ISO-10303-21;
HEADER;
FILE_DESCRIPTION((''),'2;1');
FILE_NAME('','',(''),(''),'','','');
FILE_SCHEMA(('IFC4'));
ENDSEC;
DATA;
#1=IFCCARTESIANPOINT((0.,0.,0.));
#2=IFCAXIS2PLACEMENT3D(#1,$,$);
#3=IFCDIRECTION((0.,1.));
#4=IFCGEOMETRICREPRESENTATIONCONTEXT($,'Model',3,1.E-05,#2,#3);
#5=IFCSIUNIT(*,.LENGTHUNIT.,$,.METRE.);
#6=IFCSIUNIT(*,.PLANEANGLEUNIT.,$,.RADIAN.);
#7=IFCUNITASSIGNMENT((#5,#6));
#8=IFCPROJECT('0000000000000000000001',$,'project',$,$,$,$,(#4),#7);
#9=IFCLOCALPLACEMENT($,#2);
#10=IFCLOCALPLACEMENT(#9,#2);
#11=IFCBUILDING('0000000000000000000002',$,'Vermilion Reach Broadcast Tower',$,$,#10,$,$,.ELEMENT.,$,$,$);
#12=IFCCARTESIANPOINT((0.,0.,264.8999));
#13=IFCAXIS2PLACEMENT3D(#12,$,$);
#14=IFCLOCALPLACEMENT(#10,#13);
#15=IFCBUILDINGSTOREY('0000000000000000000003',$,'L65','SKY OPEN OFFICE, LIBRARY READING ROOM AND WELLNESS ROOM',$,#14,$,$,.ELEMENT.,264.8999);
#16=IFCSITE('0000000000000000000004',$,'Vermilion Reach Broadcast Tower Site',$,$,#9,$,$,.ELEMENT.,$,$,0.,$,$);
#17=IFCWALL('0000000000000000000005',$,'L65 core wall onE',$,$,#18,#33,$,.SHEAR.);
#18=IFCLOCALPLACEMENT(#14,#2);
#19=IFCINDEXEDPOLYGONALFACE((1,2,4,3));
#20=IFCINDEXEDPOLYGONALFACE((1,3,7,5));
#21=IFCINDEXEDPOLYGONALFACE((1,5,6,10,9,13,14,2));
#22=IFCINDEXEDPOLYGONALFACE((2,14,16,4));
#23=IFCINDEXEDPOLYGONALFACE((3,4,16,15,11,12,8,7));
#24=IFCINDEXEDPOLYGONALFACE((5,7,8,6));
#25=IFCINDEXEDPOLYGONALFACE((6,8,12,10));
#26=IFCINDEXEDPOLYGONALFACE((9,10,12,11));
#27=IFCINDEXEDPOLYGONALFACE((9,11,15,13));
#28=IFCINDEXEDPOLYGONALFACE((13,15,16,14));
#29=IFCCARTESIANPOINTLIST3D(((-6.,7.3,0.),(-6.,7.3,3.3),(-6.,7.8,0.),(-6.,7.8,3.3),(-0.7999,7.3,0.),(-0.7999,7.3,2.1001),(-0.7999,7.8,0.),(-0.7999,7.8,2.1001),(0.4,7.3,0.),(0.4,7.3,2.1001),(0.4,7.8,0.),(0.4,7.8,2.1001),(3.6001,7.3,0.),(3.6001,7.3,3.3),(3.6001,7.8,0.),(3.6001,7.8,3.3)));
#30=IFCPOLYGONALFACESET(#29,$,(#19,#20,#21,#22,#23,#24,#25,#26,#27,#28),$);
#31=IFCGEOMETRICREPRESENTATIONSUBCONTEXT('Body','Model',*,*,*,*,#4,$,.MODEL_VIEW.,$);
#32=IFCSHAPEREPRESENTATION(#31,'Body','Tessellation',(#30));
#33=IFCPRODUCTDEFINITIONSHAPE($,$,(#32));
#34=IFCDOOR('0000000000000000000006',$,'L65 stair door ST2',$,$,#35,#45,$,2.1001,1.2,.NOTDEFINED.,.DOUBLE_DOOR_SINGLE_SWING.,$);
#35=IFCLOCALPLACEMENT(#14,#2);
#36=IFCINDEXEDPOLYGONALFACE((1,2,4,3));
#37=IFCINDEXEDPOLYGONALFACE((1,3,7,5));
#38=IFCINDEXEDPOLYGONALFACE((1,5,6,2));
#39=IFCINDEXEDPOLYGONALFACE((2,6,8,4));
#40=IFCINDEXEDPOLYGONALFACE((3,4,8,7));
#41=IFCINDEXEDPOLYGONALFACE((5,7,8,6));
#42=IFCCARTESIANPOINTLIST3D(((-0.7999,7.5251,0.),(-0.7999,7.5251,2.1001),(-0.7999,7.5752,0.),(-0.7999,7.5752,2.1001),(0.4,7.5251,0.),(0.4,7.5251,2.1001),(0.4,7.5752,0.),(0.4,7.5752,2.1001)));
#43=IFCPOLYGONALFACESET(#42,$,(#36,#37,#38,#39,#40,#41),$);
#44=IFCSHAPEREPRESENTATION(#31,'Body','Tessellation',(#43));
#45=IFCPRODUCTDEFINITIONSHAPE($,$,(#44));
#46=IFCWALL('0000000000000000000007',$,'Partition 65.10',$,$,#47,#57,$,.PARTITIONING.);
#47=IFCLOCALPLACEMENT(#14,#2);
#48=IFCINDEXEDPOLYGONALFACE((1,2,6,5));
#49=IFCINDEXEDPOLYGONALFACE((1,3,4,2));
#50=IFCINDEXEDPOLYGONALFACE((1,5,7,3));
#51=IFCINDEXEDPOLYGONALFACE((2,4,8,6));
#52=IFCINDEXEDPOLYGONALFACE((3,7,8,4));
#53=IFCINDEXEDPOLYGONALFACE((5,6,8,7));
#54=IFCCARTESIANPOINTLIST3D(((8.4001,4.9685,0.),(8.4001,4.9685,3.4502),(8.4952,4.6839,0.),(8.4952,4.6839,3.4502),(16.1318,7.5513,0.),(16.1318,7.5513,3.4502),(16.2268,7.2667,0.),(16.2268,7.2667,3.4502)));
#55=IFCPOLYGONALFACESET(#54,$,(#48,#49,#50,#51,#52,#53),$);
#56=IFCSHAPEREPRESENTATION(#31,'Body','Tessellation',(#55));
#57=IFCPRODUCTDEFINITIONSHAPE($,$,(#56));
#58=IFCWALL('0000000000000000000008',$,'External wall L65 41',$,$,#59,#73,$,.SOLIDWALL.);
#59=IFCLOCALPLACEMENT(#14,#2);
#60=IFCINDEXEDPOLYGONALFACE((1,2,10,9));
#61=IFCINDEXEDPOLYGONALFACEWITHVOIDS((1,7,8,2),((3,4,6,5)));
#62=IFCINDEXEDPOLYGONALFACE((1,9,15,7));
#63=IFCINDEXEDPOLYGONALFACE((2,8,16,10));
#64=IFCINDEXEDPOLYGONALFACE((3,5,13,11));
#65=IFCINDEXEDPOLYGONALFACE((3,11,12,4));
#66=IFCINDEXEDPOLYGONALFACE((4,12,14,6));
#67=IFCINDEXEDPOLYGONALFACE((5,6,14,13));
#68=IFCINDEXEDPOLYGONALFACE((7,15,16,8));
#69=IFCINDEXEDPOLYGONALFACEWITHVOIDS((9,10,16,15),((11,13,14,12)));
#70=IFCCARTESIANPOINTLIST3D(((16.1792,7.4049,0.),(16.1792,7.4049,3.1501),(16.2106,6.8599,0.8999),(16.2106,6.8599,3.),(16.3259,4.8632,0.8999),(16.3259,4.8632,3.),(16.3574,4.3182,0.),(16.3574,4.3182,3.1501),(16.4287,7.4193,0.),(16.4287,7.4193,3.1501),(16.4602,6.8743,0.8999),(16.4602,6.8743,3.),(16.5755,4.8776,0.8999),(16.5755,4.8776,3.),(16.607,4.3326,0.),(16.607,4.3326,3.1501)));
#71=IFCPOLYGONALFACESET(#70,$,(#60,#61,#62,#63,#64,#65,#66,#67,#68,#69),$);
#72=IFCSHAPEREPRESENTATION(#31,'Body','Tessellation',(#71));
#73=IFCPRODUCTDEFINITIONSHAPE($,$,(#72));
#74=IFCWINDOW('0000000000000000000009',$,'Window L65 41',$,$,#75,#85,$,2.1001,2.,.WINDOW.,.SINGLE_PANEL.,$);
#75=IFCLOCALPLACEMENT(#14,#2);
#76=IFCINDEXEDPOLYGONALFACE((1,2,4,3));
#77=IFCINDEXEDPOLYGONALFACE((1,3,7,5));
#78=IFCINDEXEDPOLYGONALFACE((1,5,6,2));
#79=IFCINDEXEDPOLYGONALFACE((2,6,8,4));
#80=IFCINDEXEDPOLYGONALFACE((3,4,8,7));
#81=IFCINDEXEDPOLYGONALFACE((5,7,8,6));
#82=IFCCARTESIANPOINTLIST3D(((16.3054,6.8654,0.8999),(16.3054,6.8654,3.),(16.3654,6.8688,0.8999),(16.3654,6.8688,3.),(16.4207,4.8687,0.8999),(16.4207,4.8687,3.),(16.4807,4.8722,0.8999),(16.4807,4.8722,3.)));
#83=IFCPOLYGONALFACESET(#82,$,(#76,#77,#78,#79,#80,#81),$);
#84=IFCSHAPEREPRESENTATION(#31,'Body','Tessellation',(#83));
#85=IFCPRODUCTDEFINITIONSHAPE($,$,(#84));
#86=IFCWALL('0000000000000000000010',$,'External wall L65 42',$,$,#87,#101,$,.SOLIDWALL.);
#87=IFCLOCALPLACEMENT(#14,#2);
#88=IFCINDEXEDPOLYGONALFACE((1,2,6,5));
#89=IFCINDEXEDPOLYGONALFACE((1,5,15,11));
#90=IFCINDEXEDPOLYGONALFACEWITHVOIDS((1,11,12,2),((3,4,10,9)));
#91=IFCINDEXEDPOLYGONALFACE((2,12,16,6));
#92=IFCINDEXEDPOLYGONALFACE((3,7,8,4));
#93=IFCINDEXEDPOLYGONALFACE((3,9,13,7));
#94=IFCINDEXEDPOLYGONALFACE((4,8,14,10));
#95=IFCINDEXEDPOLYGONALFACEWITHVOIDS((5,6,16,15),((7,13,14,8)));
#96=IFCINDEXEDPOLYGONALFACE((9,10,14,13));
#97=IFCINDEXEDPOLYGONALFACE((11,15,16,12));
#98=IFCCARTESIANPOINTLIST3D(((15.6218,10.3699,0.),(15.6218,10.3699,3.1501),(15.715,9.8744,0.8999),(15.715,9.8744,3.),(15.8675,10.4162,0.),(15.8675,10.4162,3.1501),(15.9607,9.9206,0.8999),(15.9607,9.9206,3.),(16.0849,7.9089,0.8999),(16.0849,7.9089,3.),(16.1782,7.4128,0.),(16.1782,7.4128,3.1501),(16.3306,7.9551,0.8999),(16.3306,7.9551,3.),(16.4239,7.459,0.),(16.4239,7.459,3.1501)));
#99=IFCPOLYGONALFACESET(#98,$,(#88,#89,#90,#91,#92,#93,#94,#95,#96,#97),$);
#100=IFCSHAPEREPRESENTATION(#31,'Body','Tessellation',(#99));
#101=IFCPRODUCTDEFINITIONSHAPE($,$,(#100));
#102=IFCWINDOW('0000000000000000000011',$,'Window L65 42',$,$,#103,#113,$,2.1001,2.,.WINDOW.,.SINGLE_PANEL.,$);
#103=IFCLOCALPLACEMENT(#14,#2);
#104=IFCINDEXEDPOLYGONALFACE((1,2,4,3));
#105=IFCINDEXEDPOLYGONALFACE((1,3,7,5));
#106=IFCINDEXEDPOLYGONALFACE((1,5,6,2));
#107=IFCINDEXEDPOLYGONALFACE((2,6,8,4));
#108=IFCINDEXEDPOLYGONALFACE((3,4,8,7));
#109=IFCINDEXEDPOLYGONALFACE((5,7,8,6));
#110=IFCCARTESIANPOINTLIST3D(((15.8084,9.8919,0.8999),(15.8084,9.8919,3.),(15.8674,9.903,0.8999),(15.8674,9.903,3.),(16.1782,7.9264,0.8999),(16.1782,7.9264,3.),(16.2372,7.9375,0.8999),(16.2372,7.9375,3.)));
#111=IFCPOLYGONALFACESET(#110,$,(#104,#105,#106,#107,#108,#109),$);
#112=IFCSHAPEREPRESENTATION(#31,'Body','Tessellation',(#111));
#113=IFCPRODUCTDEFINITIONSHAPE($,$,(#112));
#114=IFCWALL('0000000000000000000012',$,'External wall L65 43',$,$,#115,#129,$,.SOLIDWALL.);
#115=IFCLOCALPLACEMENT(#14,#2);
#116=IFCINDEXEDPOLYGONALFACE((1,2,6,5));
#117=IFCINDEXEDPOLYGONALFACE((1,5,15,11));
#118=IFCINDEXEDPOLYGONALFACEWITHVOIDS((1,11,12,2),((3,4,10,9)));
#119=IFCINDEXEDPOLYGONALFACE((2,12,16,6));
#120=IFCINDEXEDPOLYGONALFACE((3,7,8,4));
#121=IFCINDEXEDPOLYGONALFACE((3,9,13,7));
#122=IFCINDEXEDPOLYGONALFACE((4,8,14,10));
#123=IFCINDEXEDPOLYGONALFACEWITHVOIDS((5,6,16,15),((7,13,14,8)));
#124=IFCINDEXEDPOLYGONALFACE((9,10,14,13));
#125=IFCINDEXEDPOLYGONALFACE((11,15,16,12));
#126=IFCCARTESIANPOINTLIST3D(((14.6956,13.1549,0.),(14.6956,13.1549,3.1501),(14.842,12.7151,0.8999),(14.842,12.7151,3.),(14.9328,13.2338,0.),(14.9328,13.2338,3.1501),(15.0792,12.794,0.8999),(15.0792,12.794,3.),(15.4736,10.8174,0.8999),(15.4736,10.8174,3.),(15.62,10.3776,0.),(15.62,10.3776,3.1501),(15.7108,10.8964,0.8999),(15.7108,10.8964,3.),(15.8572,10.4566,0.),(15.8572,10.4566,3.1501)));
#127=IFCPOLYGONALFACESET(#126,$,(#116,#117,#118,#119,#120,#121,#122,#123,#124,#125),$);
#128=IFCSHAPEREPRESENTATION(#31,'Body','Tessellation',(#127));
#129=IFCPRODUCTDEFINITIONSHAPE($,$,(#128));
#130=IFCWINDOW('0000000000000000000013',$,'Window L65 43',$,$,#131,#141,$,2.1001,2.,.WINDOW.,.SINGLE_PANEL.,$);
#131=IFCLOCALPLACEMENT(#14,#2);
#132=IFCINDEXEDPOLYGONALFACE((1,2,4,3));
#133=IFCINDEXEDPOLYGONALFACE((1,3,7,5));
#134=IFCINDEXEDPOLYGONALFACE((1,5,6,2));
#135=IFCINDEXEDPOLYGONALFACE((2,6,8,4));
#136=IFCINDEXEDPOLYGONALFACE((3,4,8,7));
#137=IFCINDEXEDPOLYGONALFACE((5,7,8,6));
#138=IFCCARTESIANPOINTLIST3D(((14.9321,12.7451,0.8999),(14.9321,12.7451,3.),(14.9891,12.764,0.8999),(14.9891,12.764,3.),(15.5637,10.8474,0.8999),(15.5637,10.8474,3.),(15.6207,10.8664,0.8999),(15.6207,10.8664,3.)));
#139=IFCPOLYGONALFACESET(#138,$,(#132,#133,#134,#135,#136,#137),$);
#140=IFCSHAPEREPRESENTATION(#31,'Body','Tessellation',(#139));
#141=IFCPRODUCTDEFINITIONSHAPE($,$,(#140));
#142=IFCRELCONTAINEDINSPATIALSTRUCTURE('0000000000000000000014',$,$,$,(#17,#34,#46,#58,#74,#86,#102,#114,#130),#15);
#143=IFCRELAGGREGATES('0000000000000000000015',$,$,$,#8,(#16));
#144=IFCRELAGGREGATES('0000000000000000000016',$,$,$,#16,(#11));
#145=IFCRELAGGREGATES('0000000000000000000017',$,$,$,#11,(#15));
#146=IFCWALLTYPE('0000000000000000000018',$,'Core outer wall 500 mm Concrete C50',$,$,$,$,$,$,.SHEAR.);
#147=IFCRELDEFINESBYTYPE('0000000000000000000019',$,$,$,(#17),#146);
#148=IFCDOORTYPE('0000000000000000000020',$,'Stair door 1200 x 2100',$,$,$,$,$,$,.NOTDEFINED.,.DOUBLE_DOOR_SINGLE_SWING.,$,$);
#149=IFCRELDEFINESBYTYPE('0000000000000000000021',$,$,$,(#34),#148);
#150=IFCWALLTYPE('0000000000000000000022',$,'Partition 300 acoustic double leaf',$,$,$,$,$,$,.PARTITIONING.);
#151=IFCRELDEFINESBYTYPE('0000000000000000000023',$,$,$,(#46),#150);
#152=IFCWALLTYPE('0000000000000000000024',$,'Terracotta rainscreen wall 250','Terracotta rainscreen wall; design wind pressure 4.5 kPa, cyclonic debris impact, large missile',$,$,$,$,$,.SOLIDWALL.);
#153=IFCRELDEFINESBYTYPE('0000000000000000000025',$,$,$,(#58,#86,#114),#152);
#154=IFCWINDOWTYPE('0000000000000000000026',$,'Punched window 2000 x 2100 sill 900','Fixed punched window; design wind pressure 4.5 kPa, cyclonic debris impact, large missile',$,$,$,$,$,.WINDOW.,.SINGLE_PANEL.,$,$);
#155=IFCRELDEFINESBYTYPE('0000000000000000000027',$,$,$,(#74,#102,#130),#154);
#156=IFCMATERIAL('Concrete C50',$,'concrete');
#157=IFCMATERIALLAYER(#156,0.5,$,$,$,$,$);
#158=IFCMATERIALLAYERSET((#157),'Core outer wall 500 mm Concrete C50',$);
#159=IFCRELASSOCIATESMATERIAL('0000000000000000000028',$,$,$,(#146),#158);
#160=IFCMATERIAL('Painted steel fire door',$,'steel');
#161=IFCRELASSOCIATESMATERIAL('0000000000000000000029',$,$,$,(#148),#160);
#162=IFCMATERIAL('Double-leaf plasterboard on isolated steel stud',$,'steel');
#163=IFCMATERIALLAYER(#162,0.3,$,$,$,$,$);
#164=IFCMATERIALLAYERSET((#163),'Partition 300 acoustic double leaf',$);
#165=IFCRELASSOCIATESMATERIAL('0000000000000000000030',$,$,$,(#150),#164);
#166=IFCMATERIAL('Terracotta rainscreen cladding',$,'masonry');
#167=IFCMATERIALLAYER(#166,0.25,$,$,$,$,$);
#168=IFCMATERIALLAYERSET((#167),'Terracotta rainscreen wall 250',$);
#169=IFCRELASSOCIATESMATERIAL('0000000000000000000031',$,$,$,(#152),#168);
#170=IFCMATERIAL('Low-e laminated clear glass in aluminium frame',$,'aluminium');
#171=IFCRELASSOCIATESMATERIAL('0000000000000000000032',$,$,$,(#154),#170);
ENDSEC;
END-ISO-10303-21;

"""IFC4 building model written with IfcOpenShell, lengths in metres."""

from ifc_helpers import new_model, si_unit, direction, frame, frame_2d, origin, place, context, subcontext, project, spatial, rectangle, extrude, material, layer, layer_set, type_object, element, fill, save


model = new_model("IFC4")

# Units and contexts
model_context = context("Model", 3, precision=1e-05, world=origin(), true_north=direction((0.0, 1.0)))
body_context = subcontext(model_context, "Body", "Model", "MODEL_VIEW")
ifc_project = project(units=[si_unit("LENGTHUNIT", "METRE"), si_unit("PLANEANGLEUNIT", "RADIAN")], contexts=[model_context])

# Site, building, storey
site_placement = place(None, origin())
site = spatial("IfcSite", under=ifc_project, at=site_placement, Name="Vermilion Reach Broadcast Tower Site", CompositionType="ELEMENT", RefElevation=0.0)
building_placement = place(site_placement, origin())
building = spatial("IfcBuilding", under=site, at=building_placement, Name="Vermilion Reach Broadcast Tower", CompositionType="ELEMENT")
storey_placement = place(building_placement, frame((0.0, 0.0, 264.8999)))
storey = spatial("IfcBuildingStorey", under=building, at=storey_placement, Name="L65", Description="SKY OPEN OFFICE, LIBRARY READING ROOM AND WELLNESS ROOM", CompositionType="ELEMENT", Elevation=264.8999)

# Wall, opening, door
ifc_material_1 = material(Name="Concrete C50", Category="concrete")
ifc_layer_1 = layer(ifc_material_1, 0.5)
ifc_layer_set_1 = layer_set([ifc_layer_1], Name="Core outer wall 500 mm Concrete C50")
wall_type_1 = type_object("IfcWallType", Name="Core outer wall 500 mm Concrete C50", PredefinedType="SHEAR", material=ifc_layer_set_1)
wall_1_placement = place(storey_placement, frame((3.6001, 7.55, 0.0), z_axis=(0.0, 0.0, 1.0), x_axis=(-1.0, 0.0, 0.0)))
wall_1 = element("IfcWall", 1, at=wall_1_placement, inside=storey, type_object=wall_type_1, Name="L65 core wall onE", PredefinedType="SHEAR", context=body_context, shape_type="SweptSolid", body=[
    extrude(rectangle(XDim=9.6001, YDim=0.5, at=frame_2d((4.8, 0.0))), origin(), (0.0, 0.0, 1.0), 3.3),
])
opening_1_placement = place(wall_1_placement, frame((3.2, 0.0, 0.0)))
opening_1 = element("IfcOpeningElement", 2, at=opening_1_placement, cuts=wall_1, PredefinedType="OPENING", context=body_context, shape_type="SweptSolid", body=[
    extrude(rectangle(XDim=1.2, YDim=2.1001, at=frame_2d((0.6001, 1.05))), frame((0.0, 0.26, 0.0), z_axis=(0.0, -1.0, 0.0), x_axis=(1.0, 0.0, 0.0)), (0.0, 0.0, 1.0), 0.52),
])
ifc_material_2 = material(Name="Painted steel fire door", Category="steel")
door_type_1 = type_object("IfcDoorType", Name="Stair door 1200 x 2100", OperationType="DOUBLE_DOOR_SINGLE_SWING", PredefinedType="NOTDEFINED", material=ifc_material_2)
door_1_placement = place(opening_1_placement, origin())
door_1 = element("IfcDoor", 3, at=door_1_placement, inside=storey, type_object=door_type_1, Name="L65 stair door ST2", OperationType="DOUBLE_DOOR_SINGLE_SWING", OverallHeight=2.1001, OverallWidth=1.2, PredefinedType="NOTDEFINED", context=body_context, shape_type="SweptSolid", body=[
    extrude(rectangle(XDim=1.2, YDim=2.1001, at=frame_2d((0.6001, 1.05))), frame((0.0, 0.0249, 0.0), z_axis=(0.0, -1.0, 0.0), x_axis=(1.0, 0.0, 0.0)), (0.0, 0.0, 1.0), 0.05),
])
fill(opening_1, door_1)

# Wall
ifc_material_3 = material(Name="Double-leaf plasterboard on isolated steel stud", Category="steel")
ifc_layer_2 = layer(ifc_material_3, 0.3)
ifc_layer_set_2 = layer_set([ifc_layer_2], Name="Partition 300 acoustic double leaf")
wall_type_2 = type_object("IfcWallType", Name="Partition 300 acoustic double leaf", PredefinedType="PARTITIONING", material=ifc_layer_set_2)
wall_2_placement = place(storey_placement, frame((16.1792, 7.4089, 0.0), z_axis=(0.0, 0.0, 1.0), x_axis=(-0.948479, -0.316839, 0.0)))
element("IfcWall", 4, at=wall_2_placement, inside=storey, type_object=wall_type_2, Name="Partition 65.10", PredefinedType="PARTITIONING", context=body_context, shape_type="SweptSolid", body=[
    extrude(rectangle(XDim=8.1516, YDim=0.3, at=frame_2d((4.0757, 0.0))), origin(), (0.0, 0.0, 1.0), 3.4502),
])

# Shared definitions
ifc_material_4 = material(Name="Terracotta rainscreen cladding", Category="masonry")
ifc_layer_3 = layer(ifc_material_4, 0.25)
ifc_layer_set_3 = layer_set([ifc_layer_3], Name="Terracotta rainscreen wall 250")
wall_type_3 = type_object("IfcWallType", Name="Terracotta rainscreen wall 250", Description="Terracotta rainscreen wall; design wind pressure 4.5 kPa, cyclonic debris impact, large missile", PredefinedType="SOLIDWALL", material=ifc_layer_set_3)

# Walls, openings, windows
wall_3_placement = place(storey_placement, frame((16.4822, 4.3254, 0.0), z_axis=(0.0, 0.0, 1.0), x_axis=(-0.057643, 0.998337, 0.0)))
wall_3 = element("IfcWall", 5, at=wall_3_placement, inside=storey, type_object=wall_type_3, Name="External wall L65 41", PredefinedType="SOLIDWALL", context=body_context, shape_type="SweptSolid", body=[
    extrude(rectangle(XDim=3.0918, YDim=0.25, at=frame_2d((1.5459, 0.0))), origin(), (0.0, 0.0, 1.0), 3.1501),
])
opening_2_placement = place(wall_3_placement, frame((0.5459, 0.0, 0.8999)))
opening_2 = element("IfcOpeningElement", 6, at=opening_2_placement, cuts=wall_3, PredefinedType="OPENING", context=body_context, shape_type="SweptSolid", body=[
    extrude(rectangle(XDim=2.0, YDim=2.1001, at=frame_2d((1.0, 1.05))), frame((0.0, 0.135, 0.0), z_axis=(0.0, -1.0, 0.0), x_axis=(1.0, 0.0, 0.0)), (0.0, 0.0, 1.0), 0.27),
])
ifc_material_5 = material(Name="Low-e laminated clear glass in aluminium frame", Category="aluminium")
window_type = type_object("IfcWindowType", Name="Punched window 2000 x 2100 sill 900", Description="Fixed punched window; design wind pressure 4.5 kPa, cyclonic debris impact, large missile", PartitioningType="SINGLE_PANEL", PredefinedType="WINDOW", material=ifc_material_5)
window_1_placement = place(opening_2_placement, origin())
window_1 = element("IfcWindow", 7, at=window_1_placement, inside=storey, type_object=window_type, Name="Window L65 41", OverallHeight=2.1001, OverallWidth=2.0, PartitioningType="SINGLE_PANEL", PredefinedType="WINDOW", context=body_context, shape_type="SweptSolid", body=[
    extrude(rectangle(XDim=2.0, YDim=2.1001, at=frame_2d((1.0, 1.05))), frame((0.0, 0.03, 0.0), z_axis=(0.0, -1.0, 0.0), x_axis=(1.0, 0.0, 0.0)), (0.0, 0.0, 1.0), 0.0601),
])
fill(opening_2, window_1)
wall_4_placement = place(storey_placement, frame((16.301, 7.436, 0.0), z_axis=(0.0, 0.0, 1.0), x_axis=(-0.184916, 0.982754, 0.0)))
wall_4 = element("IfcWall", 8, at=wall_4_placement, inside=storey, type_object=wall_type_3, Name="External wall L65 42", PredefinedType="SOLIDWALL", context=body_context, shape_type="SweptSolid", body=[
    extrude(rectangle(XDim=3.009, YDim=0.25, at=frame_2d((1.5044, 0.0))), origin(), (0.0, 0.0, 1.0), 3.1501),
])
opening_3_placement = place(wall_4_placement, frame((0.5046, 0.0, 0.8999)))
opening_3 = element("IfcOpeningElement", 9, at=opening_3_placement, cuts=wall_4, PredefinedType="OPENING", context=body_context, shape_type="SweptSolid", body=[
    extrude(rectangle(XDim=2.0, YDim=2.1001, at=frame_2d((1.0, 1.05))), frame((0.0, 0.135, 0.0), z_axis=(0.0, -1.0, 0.0), x_axis=(1.0, 0.0, 0.0)), (0.0, 0.0, 1.0), 0.27),
])
window_2_placement = place(opening_3_placement, origin())
window_2 = element("IfcWindow", 10, at=window_2_placement, inside=storey, type_object=window_type, Name="Window L65 42", OverallHeight=2.1001, OverallWidth=2.0, PartitioningType="SINGLE_PANEL", PredefinedType="WINDOW", context=body_context, shape_type="SweptSolid", body=[
    extrude(rectangle(XDim=2.0, YDim=2.1001, at=frame_2d((1.0, 1.05))), frame((0.0, 0.03, 0.0), z_axis=(0.0, -1.0, 0.0), x_axis=(1.0, 0.0, 0.0)), (0.0, 0.0, 1.0), 0.0601),
])
fill(opening_3, window_2)
wall_5_placement = place(storey_placement, frame((15.7385, 10.4172, 0.0), z_axis=(0.0, 0.0, 1.0), x_axis=(-0.315802, 0.948825, 0.0)))
wall_5 = element("IfcWall", 11, at=wall_5_placement, inside=storey, type_object=wall_type_3, Name="External wall L65 43", PredefinedType="SOLIDWALL", context=body_context, shape_type="SweptSolid", body=[
    extrude(rectangle(XDim=2.927, YDim=0.25, at=frame_2d((1.4634, 0.0))), origin(), (0.0, 0.0, 1.0), 3.1501),
])
opening_4_placement = place(wall_5_placement, frame((0.4634, 0.0, 0.8999)))
opening_4 = element("IfcOpeningElement", 12, at=opening_4_placement, cuts=wall_5, PredefinedType="OPENING", context=body_context, shape_type="SweptSolid", body=[
    extrude(rectangle(XDim=2.0, YDim=2.1001, at=frame_2d((1.0, 1.05))), frame((0.0, 0.135, 0.0), z_axis=(0.0, -1.0, 0.0), x_axis=(1.0, 0.0, 0.0)), (0.0, 0.0, 1.0), 0.27),
])
window_3_placement = place(opening_4_placement, origin())
window_3 = element("IfcWindow", 13, at=window_3_placement, inside=storey, type_object=window_type, Name="Window L65 43", OverallHeight=2.1001, OverallWidth=2.0, PartitioningType="SINGLE_PANEL", PredefinedType="WINDOW", context=body_context, shape_type="SweptSolid", body=[
    extrude(rectangle(XDim=2.0, YDim=2.1001, at=frame_2d((1.0, 1.05))), frame((0.0, 0.03, 0.0), z_axis=(0.0, -1.0, 0.0), x_axis=(1.0, 0.0, 0.0)), (0.0, 0.0, 1.0), 0.0601),
])
fill(opening_4, window_3)

save(model, "model.ifc")
